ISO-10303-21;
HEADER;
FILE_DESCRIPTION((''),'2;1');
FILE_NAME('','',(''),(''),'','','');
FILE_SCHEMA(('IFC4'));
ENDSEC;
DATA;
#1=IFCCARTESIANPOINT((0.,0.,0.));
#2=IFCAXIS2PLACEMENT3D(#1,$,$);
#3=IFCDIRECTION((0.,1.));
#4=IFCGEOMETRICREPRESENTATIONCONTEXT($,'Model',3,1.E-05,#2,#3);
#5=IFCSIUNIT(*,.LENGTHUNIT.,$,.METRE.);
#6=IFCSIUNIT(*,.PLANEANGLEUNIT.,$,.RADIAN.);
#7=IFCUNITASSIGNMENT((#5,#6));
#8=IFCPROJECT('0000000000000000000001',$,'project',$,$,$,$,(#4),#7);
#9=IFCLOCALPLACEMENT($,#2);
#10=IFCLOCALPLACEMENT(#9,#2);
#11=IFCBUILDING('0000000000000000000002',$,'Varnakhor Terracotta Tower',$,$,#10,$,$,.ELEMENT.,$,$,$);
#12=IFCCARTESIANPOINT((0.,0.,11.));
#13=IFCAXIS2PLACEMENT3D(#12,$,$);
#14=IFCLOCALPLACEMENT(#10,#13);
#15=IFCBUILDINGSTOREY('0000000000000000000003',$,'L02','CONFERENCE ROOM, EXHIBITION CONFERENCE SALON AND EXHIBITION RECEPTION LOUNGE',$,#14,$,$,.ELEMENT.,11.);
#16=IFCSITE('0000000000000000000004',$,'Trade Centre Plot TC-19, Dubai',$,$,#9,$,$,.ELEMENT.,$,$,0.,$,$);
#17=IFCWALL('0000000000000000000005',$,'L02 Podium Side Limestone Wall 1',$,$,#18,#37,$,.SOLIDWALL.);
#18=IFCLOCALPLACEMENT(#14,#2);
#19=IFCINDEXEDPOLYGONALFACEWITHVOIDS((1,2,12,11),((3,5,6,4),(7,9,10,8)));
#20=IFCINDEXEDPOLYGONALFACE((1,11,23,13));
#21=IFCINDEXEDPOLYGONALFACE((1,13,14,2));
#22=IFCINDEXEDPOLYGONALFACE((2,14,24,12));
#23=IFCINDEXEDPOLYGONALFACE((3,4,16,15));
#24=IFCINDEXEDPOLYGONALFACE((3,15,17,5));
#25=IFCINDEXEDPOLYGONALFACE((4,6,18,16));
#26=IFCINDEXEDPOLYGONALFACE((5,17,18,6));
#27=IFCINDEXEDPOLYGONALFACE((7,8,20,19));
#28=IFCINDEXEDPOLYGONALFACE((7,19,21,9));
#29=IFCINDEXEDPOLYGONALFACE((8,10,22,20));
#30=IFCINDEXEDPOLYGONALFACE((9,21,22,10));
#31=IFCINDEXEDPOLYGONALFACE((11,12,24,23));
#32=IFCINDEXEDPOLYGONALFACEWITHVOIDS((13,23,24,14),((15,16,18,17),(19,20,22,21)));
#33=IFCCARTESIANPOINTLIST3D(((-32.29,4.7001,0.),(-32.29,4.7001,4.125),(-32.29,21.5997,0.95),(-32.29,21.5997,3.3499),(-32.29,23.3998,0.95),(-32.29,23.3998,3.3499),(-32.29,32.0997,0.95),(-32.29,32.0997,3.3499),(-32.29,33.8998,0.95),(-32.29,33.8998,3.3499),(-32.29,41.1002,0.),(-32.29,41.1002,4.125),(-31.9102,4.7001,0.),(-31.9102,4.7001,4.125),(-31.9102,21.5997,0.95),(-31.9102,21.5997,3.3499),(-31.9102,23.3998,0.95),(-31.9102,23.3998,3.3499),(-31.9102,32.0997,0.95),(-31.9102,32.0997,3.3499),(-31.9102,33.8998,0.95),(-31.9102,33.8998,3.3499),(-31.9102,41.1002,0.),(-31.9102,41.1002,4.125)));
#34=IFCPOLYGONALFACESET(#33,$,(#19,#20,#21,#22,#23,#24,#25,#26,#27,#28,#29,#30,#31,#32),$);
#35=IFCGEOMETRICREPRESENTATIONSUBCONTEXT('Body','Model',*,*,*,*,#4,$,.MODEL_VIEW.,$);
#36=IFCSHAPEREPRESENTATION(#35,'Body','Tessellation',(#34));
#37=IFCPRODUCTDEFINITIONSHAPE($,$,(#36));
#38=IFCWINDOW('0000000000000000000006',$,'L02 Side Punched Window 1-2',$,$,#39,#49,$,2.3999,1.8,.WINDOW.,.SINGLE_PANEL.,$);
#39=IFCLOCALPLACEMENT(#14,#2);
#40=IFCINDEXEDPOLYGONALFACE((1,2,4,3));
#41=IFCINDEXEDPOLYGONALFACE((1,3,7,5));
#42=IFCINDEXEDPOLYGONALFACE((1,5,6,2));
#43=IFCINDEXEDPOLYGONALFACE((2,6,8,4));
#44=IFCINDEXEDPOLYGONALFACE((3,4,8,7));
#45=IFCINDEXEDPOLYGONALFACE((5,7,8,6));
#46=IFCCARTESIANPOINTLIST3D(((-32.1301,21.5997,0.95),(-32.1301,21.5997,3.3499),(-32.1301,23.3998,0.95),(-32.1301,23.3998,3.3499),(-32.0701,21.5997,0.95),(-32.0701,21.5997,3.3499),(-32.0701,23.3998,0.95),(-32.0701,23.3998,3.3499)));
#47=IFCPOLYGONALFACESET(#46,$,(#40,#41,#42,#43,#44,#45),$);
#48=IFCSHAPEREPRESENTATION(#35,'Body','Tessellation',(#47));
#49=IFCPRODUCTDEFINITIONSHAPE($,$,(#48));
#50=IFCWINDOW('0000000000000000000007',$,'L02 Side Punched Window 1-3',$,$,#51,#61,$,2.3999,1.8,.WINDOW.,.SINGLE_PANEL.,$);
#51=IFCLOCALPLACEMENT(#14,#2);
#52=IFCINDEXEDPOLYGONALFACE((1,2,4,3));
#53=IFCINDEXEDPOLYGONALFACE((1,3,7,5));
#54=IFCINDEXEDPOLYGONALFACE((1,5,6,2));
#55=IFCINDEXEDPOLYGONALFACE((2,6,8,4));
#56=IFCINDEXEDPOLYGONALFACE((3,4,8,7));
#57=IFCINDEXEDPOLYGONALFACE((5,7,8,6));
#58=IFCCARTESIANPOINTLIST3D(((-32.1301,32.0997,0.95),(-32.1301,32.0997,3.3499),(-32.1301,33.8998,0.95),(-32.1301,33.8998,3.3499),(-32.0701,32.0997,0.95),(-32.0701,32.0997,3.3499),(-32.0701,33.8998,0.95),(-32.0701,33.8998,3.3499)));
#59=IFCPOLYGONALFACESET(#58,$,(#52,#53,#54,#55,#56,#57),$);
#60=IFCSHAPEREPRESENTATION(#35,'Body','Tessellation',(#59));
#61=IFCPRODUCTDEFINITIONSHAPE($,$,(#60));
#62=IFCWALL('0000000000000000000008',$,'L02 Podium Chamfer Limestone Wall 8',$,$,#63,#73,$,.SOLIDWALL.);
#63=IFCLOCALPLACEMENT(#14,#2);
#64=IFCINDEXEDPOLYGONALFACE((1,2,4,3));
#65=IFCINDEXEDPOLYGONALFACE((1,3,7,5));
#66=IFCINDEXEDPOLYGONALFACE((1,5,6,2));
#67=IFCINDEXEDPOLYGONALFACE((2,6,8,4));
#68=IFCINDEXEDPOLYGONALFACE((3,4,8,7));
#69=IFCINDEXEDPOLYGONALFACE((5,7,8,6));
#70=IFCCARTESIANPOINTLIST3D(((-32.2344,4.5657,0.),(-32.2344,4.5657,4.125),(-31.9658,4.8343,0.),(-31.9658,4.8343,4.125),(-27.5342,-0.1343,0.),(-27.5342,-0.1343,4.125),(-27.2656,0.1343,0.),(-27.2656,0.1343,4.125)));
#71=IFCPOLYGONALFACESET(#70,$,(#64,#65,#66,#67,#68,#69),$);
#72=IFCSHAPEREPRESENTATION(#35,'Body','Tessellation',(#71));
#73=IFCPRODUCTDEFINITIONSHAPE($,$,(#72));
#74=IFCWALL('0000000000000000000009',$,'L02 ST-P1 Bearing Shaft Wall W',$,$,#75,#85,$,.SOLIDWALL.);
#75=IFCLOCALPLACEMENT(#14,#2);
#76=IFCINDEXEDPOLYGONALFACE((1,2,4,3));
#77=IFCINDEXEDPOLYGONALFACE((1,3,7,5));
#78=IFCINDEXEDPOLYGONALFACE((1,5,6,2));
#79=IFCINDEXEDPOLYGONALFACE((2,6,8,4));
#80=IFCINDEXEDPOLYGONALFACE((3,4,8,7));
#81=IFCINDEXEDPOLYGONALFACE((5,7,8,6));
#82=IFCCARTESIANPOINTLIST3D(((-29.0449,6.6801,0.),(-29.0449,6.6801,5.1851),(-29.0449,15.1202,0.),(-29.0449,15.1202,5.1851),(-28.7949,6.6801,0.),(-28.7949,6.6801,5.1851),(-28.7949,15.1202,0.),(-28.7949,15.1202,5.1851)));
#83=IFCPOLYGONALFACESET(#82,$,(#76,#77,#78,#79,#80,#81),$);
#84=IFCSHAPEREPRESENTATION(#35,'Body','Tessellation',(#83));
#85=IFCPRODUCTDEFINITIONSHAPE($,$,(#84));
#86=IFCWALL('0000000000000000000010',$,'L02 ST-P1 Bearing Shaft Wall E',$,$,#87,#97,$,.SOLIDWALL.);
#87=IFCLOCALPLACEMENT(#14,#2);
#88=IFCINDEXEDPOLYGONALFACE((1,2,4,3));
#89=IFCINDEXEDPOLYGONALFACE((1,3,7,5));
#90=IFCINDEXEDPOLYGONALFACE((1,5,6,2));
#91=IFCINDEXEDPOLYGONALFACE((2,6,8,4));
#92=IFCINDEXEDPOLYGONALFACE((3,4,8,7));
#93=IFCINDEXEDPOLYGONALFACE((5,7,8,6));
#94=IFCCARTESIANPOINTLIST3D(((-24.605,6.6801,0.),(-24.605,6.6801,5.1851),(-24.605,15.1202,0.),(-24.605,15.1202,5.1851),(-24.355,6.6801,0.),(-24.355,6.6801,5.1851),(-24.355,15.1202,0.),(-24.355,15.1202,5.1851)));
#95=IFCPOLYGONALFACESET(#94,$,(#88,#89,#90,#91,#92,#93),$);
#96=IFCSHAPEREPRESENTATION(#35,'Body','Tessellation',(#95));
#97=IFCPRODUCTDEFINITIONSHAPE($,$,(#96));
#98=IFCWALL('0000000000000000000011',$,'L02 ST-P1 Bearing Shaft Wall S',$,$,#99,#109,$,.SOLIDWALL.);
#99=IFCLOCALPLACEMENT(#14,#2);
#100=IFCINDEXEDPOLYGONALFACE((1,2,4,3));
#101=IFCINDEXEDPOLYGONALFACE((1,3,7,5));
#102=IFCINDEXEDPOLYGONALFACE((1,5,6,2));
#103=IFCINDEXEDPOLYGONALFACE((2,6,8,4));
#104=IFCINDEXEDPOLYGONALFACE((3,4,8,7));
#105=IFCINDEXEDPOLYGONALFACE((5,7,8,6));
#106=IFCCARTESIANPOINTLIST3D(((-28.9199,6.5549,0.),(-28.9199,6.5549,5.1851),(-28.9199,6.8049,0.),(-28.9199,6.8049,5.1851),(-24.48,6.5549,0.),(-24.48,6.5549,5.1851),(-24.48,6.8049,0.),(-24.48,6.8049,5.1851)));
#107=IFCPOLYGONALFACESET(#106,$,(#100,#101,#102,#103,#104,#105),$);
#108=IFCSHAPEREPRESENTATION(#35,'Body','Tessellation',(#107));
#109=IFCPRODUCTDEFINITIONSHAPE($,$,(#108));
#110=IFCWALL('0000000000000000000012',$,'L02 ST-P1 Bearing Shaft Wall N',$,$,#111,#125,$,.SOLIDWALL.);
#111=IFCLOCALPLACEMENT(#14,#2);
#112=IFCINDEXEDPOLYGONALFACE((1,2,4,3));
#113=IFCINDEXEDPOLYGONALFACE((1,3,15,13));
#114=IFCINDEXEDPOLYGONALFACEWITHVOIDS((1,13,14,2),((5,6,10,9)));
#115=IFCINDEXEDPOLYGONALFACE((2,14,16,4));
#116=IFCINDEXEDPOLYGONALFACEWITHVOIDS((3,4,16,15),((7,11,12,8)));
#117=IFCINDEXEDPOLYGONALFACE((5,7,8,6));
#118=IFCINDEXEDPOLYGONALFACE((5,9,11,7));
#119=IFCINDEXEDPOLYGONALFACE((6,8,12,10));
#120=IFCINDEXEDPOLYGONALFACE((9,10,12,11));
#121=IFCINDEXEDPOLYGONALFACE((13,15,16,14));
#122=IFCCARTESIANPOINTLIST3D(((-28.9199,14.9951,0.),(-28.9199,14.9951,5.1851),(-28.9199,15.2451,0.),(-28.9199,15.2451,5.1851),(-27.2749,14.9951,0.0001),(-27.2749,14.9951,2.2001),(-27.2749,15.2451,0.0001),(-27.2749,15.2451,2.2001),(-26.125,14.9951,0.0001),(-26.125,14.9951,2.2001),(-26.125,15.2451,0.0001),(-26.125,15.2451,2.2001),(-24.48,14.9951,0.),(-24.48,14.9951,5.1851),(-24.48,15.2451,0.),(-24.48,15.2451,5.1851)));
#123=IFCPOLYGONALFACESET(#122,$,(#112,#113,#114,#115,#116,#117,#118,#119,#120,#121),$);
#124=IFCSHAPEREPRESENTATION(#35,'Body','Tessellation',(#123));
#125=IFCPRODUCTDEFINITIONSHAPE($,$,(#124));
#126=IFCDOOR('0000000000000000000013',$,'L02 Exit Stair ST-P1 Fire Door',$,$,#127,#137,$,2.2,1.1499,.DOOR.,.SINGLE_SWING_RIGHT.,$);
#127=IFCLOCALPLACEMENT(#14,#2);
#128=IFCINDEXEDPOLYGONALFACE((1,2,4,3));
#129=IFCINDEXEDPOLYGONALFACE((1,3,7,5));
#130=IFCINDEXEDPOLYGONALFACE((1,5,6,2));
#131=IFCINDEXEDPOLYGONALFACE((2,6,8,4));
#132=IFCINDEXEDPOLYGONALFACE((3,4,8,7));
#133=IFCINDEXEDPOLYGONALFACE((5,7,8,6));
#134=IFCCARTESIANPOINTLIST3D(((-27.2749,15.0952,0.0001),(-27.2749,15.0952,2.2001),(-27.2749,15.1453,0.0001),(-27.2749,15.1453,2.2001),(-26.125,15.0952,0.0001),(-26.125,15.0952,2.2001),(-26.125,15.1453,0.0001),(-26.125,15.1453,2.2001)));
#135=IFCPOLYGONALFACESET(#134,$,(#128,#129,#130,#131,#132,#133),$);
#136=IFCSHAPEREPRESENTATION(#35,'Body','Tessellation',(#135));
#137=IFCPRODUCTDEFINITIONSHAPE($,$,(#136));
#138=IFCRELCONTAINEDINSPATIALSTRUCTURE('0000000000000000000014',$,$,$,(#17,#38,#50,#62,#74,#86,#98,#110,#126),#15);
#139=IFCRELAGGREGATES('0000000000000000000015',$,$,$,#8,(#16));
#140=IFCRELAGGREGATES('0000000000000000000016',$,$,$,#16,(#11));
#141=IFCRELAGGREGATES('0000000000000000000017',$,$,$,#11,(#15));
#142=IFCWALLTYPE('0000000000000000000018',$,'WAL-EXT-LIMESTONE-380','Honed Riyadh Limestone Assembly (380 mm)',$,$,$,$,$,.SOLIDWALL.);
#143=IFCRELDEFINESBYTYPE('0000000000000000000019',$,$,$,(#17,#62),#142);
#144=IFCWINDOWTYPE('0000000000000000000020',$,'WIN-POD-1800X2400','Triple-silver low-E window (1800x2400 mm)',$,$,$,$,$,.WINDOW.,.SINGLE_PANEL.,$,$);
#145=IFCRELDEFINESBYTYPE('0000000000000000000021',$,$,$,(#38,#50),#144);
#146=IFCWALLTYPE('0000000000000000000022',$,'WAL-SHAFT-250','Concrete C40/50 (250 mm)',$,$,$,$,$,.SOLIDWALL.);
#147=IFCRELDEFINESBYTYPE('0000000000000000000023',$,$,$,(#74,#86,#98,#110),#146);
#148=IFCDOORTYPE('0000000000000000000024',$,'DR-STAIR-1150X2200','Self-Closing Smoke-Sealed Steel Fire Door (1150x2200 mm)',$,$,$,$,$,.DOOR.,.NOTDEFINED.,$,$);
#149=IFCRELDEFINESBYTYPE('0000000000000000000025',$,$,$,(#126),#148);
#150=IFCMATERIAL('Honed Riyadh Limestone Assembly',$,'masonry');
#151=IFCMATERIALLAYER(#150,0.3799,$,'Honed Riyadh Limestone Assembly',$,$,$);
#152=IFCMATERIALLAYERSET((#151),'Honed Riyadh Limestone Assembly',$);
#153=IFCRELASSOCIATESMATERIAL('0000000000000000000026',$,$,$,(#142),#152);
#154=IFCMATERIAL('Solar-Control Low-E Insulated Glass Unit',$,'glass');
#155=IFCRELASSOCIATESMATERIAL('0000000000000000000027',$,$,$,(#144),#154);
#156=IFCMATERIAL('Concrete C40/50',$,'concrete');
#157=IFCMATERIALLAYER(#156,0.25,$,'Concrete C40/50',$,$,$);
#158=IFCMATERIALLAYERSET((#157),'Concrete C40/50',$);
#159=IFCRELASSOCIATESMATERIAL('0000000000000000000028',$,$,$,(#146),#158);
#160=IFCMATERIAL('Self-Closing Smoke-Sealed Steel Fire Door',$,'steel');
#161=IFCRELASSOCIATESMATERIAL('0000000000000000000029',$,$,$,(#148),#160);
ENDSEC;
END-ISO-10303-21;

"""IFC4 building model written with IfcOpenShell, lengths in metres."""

from ifc_helpers import new_model, si_unit, direction, frame, frame_2d, origin, place, context, subcontext, project, spatial, rectangle, extrude, source, transform, mapped, material, layer, layer_set, type_object, type_shapes, element, fill, save


model = new_model("IFC4")

# Units and contexts
model_context = context("Model", 3, precision=1e-05, world=origin(), true_north=direction((0.0, 1.0)))
body_context = subcontext(model_context, "Body", "Model", "MODEL_VIEW")
ifc_project = project(units=[si_unit("LENGTHUNIT", "METRE"), si_unit("PLANEANGLEUNIT", "RADIAN")], contexts=[model_context])

# Site, building, storey
site_placement = place(None, origin())
site = spatial("IfcSite", under=ifc_project, at=site_placement, Name="Trade Centre Plot TC-19, Dubai", CompositionType="ELEMENT", RefElevation=0.0)
building_placement = place(site_placement, origin())
building = spatial("IfcBuilding", under=site, at=building_placement, Name="Varnakhor Terracotta Tower", CompositionType="ELEMENT")
storey_placement = place(building_placement, frame((0.0, 0.0, 11.0)))
storey = spatial("IfcBuildingStorey", under=building, at=storey_placement, Name="L02", Description="CONFERENCE ROOM, EXHIBITION CONFERENCE SALON AND EXHIBITION RECEPTION LOUNGE", CompositionType="ELEMENT", Elevation=11.0)

# Wall, openings, windows
ifc_material_1 = material(Name="Honed Riyadh Limestone Assembly", Category="masonry")
ifc_layer_1 = layer(ifc_material_1, 0.3799, Name="Honed Riyadh Limestone Assembly")
ifc_layer_set_1 = layer_set([ifc_layer_1], Name="Honed Riyadh Limestone Assembly")
wall_type_1 = type_object("IfcWallType", Name="WAL-EXT-LIMESTONE-380", Description="Honed Riyadh Limestone Assembly (380 mm)", PredefinedType="SOLIDWALL", material=ifc_layer_set_1)
wall_1_placement = place(storey_placement, frame((-32.1001, 4.7, 0.0), z_axis=(0.0, 0.0, 1.0), x_axis=(0.0, 1.0, 0.0)))
wall_1 = element("IfcWall", 1, at=wall_1_placement, inside=storey, type_object=wall_type_1, Name="L02 Podium Side Limestone Wall 1", PredefinedType="SOLIDWALL", context=body_context, shape_type="SweptSolid", body=[
    extrude(rectangle(XDim=36.4001, YDim=0.3799, at=frame_2d((18.2002, 0.0))), origin(), (0.0, 0.0, 1.0), 4.125),
])
opening_1_placement = place(wall_1_placement, frame((16.8999, 0.0, 0.95)))
opening_1 = element("IfcOpeningElement", 2, at=opening_1_placement, cuts=wall_1, PredefinedType="OPENING", context=body_context, shape_type="SweptSolid", body=[
    extrude(rectangle(XDim=1.8, YDim=2.3999, at=frame_2d((0.8999, 1.2))), frame((0.0, 0.2, 0.0), z_axis=(0.0, -1.0, 0.0), x_axis=(1.0, 0.0, 0.0)), (0.0, 0.0, 1.0), 0.3999),
])
opening_2_placement = place(wall_1_placement, frame((27.3999, 0.0, 0.95)))
opening_2 = element("IfcOpeningElement", 3, at=opening_2_placement, cuts=wall_1, PredefinedType="OPENING", context=body_context, shape_type="SweptSolid", body=[
    extrude(rectangle(XDim=1.8, YDim=2.3999, at=frame_2d((0.8999, 1.2))), frame((0.0, 0.2, 0.0), z_axis=(0.0, -1.0, 0.0), x_axis=(1.0, 0.0, 0.0)), (0.0, 0.0, 1.0), 0.3999),
])
ifc_material_2 = material(Name="Solar-Control Low-E Insulated Glass Unit", Category="glass")
window_type = type_object("IfcWindowType", Name="WIN-POD-1800X2400", Description="Triple-silver low-E window (1800x2400 mm)", PartitioningType="SINGLE_PANEL", PredefinedType="WINDOW", material=ifc_material_2)
shared_shape_1 = source(origin(), body_context, "Body", "SweptSolid", [
    extrude(rectangle(XDim=1.8, YDim=2.3999, at=frame_2d((0.8999, 1.2))), frame((0.0, 0.03, 0.0), z_axis=(0.0, -1.0, 0.0), x_axis=(1.0, 0.0, 0.0)), (0.0, 0.0, 1.0), 0.0601),
])
type_shapes(window_type, [shared_shape_1])
window_1_placement = place(opening_1_placement, origin())
window_1 = element("IfcWindow", 4, at=window_1_placement, inside=storey, type_object=window_type, Name="L02 Side Punched Window 1-2", OverallHeight=2.3999, OverallWidth=1.8, PartitioningType="SINGLE_PANEL", PredefinedType="WINDOW", context=body_context, shape_type="MappedRepresentation", body=[
    mapped(shared_shape_1, transform((0.0, 0.0, 0.0), scale=1.0)),
])
fill(opening_1, window_1)
window_2_placement = place(opening_2_placement, origin())
window_2 = element("IfcWindow", 5, at=window_2_placement, inside=storey, type_object=window_type, Name="L02 Side Punched Window 1-3", OverallHeight=2.3999, OverallWidth=1.8, PartitioningType="SINGLE_PANEL", PredefinedType="WINDOW", context=body_context, shape_type="MappedRepresentation", body=[
    mapped(shared_shape_1, transform((0.0, 0.0, 0.0), scale=1.0)),
])
fill(opening_2, window_2)

# Walls
wall_2_placement = place(storey_placement, frame((-27.3999, 0.0, 0.0), z_axis=(0.0, 0.0, 1.0), x_axis=(-0.707125, 0.707088, 0.0)))
element("IfcWall", 6, at=wall_2_placement, inside=storey, type_object=wall_type_1, Name="L02 Podium Chamfer Limestone Wall 8", PredefinedType="SOLIDWALL", context=body_context, shape_type="SweptSolid", body=[
    extrude(rectangle(XDim=6.647, YDim=0.3799, at=frame_2d((3.3235, 0.0))), origin(), (0.0, 0.0, 1.0), 4.125),
])
ifc_material_3 = material(Name="Concrete C40/50", Category="concrete")
ifc_layer_2 = layer(ifc_material_3, 0.25, Name="Concrete C40/50")
ifc_layer_set_2 = layer_set([ifc_layer_2], Name="Concrete C40/50")
wall_type_2 = type_object("IfcWallType", Name="WAL-SHAFT-250", Description="Concrete C40/50 (250 mm)", PredefinedType="SOLIDWALL", material=ifc_layer_set_2)
for number, where, z_axis, x_axis, name in (
    (7, (-28.9199, 6.6799, 0.0), (0.0, 0.0, 1.0), (0.0, 1.0, 0.0), "L02 ST-P1 Bearing Shaft Wall W"),
    (8, (-24.48, 6.6799, 0.0), (0.0, 0.0, 1.0), (0.0, 1.0, 0.0), "L02 ST-P1 Bearing Shaft Wall E"),
):
    element("IfcWall", number, at=place(storey_placement, frame(where, z_axis=z_axis, x_axis=x_axis)), inside=storey, type_object=wall_type_2, Name=name, PredefinedType="SOLIDWALL", context=body_context, shape_type="SweptSolid", body=[
        extrude(rectangle(XDim=8.4402, YDim=0.25, at=frame_2d((4.2202, 0.0))), origin(), (0.0, 0.0, 1.0), 5.1851),
    ])
wall_3_placement = place(storey_placement, frame((-28.9199, 6.6799, 0.0), z_axis=(0.0, 0.0, 1.0), x_axis=(1.0, 0.0, 0.0)))
element("IfcWall", 9, at=wall_3_placement, inside=storey, type_object=wall_type_2, Name="L02 ST-P1 Bearing Shaft Wall S", PredefinedType="SOLIDWALL", context=body_context, shape_type="SweptSolid", body=[
    extrude(rectangle(XDim=4.4399, YDim=0.25, at=frame_2d((2.22, 0.0))), origin(), (0.0, 0.0, 1.0), 5.1851),
])

# Wall, opening, door
wall_4_placement = place(storey_placement, frame((-24.48, 15.1201, 0.0), z_axis=(0.0, 0.0, 1.0), x_axis=(-1.0, 0.0, 0.0)))
wall_4 = element("IfcWall", 10, at=wall_4_placement, inside=storey, type_object=wall_type_2, Name="L02 ST-P1 Bearing Shaft Wall N", PredefinedType="SOLIDWALL", context=body_context, shape_type="SweptSolid", body=[
    extrude(rectangle(XDim=4.4399, YDim=0.25, at=frame_2d((2.22, 0.0))), origin(), (0.0, 0.0, 1.0), 5.1851),
])
opening_3_placement = place(wall_4_placement, frame((1.645, 0.0, 0.0)))
opening_3 = element("IfcOpeningElement", 11, at=opening_3_placement, cuts=wall_4, PredefinedType="OPENING", context=body_context, shape_type="SweptSolid", body=[
    extrude(rectangle(XDim=1.1499, YDim=2.2, at=frame_2d((0.575, 1.1001))), frame((0.0, 0.135, 0.0), z_axis=(0.0, -1.0, 0.0), x_axis=(1.0, 0.0, 0.0)), (0.0, 0.0, 1.0), 0.27),
])
ifc_material_4 = material(Name="Self-Closing Smoke-Sealed Steel Fire Door", Category="steel")
door_type_1 = type_object("IfcDoorType", Name="DR-STAIR-1150X2200", Description="Self-Closing Smoke-Sealed Steel Fire Door (1150x2200 mm)", OperationType="NOTDEFINED", PredefinedType="DOOR", material=ifc_material_4)
shared_shape_2 = source(origin(), body_context, "Body", "SweptSolid", [
    extrude(rectangle(XDim=1.1499, YDim=2.2, at=frame_2d((0.575, 1.1001))), frame((0.0, 0.0249, 0.0), z_axis=(0.0, -1.0, 0.0), x_axis=(1.0, 0.0, 0.0)), (0.0, 0.0, 1.0), 0.05),
])
type_shapes(door_type_1, [shared_shape_2])
door_1_placement = place(opening_3_placement, origin())
door_1 = element("IfcDoor", 12, at=door_1_placement, inside=storey, type_object=door_type_1, Name="L02 Exit Stair ST-P1 Fire Door", OperationType="SINGLE_SWING_RIGHT", OverallHeight=2.2, OverallWidth=1.1499, PredefinedType="DOOR", context=body_context, shape_type="MappedRepresentation", body=[
    mapped(shared_shape_2, transform((0.0, 0.0, 0.0), scale=1.0)),
])
fill(opening_3, door_1)

save(model, "model.ifc")
